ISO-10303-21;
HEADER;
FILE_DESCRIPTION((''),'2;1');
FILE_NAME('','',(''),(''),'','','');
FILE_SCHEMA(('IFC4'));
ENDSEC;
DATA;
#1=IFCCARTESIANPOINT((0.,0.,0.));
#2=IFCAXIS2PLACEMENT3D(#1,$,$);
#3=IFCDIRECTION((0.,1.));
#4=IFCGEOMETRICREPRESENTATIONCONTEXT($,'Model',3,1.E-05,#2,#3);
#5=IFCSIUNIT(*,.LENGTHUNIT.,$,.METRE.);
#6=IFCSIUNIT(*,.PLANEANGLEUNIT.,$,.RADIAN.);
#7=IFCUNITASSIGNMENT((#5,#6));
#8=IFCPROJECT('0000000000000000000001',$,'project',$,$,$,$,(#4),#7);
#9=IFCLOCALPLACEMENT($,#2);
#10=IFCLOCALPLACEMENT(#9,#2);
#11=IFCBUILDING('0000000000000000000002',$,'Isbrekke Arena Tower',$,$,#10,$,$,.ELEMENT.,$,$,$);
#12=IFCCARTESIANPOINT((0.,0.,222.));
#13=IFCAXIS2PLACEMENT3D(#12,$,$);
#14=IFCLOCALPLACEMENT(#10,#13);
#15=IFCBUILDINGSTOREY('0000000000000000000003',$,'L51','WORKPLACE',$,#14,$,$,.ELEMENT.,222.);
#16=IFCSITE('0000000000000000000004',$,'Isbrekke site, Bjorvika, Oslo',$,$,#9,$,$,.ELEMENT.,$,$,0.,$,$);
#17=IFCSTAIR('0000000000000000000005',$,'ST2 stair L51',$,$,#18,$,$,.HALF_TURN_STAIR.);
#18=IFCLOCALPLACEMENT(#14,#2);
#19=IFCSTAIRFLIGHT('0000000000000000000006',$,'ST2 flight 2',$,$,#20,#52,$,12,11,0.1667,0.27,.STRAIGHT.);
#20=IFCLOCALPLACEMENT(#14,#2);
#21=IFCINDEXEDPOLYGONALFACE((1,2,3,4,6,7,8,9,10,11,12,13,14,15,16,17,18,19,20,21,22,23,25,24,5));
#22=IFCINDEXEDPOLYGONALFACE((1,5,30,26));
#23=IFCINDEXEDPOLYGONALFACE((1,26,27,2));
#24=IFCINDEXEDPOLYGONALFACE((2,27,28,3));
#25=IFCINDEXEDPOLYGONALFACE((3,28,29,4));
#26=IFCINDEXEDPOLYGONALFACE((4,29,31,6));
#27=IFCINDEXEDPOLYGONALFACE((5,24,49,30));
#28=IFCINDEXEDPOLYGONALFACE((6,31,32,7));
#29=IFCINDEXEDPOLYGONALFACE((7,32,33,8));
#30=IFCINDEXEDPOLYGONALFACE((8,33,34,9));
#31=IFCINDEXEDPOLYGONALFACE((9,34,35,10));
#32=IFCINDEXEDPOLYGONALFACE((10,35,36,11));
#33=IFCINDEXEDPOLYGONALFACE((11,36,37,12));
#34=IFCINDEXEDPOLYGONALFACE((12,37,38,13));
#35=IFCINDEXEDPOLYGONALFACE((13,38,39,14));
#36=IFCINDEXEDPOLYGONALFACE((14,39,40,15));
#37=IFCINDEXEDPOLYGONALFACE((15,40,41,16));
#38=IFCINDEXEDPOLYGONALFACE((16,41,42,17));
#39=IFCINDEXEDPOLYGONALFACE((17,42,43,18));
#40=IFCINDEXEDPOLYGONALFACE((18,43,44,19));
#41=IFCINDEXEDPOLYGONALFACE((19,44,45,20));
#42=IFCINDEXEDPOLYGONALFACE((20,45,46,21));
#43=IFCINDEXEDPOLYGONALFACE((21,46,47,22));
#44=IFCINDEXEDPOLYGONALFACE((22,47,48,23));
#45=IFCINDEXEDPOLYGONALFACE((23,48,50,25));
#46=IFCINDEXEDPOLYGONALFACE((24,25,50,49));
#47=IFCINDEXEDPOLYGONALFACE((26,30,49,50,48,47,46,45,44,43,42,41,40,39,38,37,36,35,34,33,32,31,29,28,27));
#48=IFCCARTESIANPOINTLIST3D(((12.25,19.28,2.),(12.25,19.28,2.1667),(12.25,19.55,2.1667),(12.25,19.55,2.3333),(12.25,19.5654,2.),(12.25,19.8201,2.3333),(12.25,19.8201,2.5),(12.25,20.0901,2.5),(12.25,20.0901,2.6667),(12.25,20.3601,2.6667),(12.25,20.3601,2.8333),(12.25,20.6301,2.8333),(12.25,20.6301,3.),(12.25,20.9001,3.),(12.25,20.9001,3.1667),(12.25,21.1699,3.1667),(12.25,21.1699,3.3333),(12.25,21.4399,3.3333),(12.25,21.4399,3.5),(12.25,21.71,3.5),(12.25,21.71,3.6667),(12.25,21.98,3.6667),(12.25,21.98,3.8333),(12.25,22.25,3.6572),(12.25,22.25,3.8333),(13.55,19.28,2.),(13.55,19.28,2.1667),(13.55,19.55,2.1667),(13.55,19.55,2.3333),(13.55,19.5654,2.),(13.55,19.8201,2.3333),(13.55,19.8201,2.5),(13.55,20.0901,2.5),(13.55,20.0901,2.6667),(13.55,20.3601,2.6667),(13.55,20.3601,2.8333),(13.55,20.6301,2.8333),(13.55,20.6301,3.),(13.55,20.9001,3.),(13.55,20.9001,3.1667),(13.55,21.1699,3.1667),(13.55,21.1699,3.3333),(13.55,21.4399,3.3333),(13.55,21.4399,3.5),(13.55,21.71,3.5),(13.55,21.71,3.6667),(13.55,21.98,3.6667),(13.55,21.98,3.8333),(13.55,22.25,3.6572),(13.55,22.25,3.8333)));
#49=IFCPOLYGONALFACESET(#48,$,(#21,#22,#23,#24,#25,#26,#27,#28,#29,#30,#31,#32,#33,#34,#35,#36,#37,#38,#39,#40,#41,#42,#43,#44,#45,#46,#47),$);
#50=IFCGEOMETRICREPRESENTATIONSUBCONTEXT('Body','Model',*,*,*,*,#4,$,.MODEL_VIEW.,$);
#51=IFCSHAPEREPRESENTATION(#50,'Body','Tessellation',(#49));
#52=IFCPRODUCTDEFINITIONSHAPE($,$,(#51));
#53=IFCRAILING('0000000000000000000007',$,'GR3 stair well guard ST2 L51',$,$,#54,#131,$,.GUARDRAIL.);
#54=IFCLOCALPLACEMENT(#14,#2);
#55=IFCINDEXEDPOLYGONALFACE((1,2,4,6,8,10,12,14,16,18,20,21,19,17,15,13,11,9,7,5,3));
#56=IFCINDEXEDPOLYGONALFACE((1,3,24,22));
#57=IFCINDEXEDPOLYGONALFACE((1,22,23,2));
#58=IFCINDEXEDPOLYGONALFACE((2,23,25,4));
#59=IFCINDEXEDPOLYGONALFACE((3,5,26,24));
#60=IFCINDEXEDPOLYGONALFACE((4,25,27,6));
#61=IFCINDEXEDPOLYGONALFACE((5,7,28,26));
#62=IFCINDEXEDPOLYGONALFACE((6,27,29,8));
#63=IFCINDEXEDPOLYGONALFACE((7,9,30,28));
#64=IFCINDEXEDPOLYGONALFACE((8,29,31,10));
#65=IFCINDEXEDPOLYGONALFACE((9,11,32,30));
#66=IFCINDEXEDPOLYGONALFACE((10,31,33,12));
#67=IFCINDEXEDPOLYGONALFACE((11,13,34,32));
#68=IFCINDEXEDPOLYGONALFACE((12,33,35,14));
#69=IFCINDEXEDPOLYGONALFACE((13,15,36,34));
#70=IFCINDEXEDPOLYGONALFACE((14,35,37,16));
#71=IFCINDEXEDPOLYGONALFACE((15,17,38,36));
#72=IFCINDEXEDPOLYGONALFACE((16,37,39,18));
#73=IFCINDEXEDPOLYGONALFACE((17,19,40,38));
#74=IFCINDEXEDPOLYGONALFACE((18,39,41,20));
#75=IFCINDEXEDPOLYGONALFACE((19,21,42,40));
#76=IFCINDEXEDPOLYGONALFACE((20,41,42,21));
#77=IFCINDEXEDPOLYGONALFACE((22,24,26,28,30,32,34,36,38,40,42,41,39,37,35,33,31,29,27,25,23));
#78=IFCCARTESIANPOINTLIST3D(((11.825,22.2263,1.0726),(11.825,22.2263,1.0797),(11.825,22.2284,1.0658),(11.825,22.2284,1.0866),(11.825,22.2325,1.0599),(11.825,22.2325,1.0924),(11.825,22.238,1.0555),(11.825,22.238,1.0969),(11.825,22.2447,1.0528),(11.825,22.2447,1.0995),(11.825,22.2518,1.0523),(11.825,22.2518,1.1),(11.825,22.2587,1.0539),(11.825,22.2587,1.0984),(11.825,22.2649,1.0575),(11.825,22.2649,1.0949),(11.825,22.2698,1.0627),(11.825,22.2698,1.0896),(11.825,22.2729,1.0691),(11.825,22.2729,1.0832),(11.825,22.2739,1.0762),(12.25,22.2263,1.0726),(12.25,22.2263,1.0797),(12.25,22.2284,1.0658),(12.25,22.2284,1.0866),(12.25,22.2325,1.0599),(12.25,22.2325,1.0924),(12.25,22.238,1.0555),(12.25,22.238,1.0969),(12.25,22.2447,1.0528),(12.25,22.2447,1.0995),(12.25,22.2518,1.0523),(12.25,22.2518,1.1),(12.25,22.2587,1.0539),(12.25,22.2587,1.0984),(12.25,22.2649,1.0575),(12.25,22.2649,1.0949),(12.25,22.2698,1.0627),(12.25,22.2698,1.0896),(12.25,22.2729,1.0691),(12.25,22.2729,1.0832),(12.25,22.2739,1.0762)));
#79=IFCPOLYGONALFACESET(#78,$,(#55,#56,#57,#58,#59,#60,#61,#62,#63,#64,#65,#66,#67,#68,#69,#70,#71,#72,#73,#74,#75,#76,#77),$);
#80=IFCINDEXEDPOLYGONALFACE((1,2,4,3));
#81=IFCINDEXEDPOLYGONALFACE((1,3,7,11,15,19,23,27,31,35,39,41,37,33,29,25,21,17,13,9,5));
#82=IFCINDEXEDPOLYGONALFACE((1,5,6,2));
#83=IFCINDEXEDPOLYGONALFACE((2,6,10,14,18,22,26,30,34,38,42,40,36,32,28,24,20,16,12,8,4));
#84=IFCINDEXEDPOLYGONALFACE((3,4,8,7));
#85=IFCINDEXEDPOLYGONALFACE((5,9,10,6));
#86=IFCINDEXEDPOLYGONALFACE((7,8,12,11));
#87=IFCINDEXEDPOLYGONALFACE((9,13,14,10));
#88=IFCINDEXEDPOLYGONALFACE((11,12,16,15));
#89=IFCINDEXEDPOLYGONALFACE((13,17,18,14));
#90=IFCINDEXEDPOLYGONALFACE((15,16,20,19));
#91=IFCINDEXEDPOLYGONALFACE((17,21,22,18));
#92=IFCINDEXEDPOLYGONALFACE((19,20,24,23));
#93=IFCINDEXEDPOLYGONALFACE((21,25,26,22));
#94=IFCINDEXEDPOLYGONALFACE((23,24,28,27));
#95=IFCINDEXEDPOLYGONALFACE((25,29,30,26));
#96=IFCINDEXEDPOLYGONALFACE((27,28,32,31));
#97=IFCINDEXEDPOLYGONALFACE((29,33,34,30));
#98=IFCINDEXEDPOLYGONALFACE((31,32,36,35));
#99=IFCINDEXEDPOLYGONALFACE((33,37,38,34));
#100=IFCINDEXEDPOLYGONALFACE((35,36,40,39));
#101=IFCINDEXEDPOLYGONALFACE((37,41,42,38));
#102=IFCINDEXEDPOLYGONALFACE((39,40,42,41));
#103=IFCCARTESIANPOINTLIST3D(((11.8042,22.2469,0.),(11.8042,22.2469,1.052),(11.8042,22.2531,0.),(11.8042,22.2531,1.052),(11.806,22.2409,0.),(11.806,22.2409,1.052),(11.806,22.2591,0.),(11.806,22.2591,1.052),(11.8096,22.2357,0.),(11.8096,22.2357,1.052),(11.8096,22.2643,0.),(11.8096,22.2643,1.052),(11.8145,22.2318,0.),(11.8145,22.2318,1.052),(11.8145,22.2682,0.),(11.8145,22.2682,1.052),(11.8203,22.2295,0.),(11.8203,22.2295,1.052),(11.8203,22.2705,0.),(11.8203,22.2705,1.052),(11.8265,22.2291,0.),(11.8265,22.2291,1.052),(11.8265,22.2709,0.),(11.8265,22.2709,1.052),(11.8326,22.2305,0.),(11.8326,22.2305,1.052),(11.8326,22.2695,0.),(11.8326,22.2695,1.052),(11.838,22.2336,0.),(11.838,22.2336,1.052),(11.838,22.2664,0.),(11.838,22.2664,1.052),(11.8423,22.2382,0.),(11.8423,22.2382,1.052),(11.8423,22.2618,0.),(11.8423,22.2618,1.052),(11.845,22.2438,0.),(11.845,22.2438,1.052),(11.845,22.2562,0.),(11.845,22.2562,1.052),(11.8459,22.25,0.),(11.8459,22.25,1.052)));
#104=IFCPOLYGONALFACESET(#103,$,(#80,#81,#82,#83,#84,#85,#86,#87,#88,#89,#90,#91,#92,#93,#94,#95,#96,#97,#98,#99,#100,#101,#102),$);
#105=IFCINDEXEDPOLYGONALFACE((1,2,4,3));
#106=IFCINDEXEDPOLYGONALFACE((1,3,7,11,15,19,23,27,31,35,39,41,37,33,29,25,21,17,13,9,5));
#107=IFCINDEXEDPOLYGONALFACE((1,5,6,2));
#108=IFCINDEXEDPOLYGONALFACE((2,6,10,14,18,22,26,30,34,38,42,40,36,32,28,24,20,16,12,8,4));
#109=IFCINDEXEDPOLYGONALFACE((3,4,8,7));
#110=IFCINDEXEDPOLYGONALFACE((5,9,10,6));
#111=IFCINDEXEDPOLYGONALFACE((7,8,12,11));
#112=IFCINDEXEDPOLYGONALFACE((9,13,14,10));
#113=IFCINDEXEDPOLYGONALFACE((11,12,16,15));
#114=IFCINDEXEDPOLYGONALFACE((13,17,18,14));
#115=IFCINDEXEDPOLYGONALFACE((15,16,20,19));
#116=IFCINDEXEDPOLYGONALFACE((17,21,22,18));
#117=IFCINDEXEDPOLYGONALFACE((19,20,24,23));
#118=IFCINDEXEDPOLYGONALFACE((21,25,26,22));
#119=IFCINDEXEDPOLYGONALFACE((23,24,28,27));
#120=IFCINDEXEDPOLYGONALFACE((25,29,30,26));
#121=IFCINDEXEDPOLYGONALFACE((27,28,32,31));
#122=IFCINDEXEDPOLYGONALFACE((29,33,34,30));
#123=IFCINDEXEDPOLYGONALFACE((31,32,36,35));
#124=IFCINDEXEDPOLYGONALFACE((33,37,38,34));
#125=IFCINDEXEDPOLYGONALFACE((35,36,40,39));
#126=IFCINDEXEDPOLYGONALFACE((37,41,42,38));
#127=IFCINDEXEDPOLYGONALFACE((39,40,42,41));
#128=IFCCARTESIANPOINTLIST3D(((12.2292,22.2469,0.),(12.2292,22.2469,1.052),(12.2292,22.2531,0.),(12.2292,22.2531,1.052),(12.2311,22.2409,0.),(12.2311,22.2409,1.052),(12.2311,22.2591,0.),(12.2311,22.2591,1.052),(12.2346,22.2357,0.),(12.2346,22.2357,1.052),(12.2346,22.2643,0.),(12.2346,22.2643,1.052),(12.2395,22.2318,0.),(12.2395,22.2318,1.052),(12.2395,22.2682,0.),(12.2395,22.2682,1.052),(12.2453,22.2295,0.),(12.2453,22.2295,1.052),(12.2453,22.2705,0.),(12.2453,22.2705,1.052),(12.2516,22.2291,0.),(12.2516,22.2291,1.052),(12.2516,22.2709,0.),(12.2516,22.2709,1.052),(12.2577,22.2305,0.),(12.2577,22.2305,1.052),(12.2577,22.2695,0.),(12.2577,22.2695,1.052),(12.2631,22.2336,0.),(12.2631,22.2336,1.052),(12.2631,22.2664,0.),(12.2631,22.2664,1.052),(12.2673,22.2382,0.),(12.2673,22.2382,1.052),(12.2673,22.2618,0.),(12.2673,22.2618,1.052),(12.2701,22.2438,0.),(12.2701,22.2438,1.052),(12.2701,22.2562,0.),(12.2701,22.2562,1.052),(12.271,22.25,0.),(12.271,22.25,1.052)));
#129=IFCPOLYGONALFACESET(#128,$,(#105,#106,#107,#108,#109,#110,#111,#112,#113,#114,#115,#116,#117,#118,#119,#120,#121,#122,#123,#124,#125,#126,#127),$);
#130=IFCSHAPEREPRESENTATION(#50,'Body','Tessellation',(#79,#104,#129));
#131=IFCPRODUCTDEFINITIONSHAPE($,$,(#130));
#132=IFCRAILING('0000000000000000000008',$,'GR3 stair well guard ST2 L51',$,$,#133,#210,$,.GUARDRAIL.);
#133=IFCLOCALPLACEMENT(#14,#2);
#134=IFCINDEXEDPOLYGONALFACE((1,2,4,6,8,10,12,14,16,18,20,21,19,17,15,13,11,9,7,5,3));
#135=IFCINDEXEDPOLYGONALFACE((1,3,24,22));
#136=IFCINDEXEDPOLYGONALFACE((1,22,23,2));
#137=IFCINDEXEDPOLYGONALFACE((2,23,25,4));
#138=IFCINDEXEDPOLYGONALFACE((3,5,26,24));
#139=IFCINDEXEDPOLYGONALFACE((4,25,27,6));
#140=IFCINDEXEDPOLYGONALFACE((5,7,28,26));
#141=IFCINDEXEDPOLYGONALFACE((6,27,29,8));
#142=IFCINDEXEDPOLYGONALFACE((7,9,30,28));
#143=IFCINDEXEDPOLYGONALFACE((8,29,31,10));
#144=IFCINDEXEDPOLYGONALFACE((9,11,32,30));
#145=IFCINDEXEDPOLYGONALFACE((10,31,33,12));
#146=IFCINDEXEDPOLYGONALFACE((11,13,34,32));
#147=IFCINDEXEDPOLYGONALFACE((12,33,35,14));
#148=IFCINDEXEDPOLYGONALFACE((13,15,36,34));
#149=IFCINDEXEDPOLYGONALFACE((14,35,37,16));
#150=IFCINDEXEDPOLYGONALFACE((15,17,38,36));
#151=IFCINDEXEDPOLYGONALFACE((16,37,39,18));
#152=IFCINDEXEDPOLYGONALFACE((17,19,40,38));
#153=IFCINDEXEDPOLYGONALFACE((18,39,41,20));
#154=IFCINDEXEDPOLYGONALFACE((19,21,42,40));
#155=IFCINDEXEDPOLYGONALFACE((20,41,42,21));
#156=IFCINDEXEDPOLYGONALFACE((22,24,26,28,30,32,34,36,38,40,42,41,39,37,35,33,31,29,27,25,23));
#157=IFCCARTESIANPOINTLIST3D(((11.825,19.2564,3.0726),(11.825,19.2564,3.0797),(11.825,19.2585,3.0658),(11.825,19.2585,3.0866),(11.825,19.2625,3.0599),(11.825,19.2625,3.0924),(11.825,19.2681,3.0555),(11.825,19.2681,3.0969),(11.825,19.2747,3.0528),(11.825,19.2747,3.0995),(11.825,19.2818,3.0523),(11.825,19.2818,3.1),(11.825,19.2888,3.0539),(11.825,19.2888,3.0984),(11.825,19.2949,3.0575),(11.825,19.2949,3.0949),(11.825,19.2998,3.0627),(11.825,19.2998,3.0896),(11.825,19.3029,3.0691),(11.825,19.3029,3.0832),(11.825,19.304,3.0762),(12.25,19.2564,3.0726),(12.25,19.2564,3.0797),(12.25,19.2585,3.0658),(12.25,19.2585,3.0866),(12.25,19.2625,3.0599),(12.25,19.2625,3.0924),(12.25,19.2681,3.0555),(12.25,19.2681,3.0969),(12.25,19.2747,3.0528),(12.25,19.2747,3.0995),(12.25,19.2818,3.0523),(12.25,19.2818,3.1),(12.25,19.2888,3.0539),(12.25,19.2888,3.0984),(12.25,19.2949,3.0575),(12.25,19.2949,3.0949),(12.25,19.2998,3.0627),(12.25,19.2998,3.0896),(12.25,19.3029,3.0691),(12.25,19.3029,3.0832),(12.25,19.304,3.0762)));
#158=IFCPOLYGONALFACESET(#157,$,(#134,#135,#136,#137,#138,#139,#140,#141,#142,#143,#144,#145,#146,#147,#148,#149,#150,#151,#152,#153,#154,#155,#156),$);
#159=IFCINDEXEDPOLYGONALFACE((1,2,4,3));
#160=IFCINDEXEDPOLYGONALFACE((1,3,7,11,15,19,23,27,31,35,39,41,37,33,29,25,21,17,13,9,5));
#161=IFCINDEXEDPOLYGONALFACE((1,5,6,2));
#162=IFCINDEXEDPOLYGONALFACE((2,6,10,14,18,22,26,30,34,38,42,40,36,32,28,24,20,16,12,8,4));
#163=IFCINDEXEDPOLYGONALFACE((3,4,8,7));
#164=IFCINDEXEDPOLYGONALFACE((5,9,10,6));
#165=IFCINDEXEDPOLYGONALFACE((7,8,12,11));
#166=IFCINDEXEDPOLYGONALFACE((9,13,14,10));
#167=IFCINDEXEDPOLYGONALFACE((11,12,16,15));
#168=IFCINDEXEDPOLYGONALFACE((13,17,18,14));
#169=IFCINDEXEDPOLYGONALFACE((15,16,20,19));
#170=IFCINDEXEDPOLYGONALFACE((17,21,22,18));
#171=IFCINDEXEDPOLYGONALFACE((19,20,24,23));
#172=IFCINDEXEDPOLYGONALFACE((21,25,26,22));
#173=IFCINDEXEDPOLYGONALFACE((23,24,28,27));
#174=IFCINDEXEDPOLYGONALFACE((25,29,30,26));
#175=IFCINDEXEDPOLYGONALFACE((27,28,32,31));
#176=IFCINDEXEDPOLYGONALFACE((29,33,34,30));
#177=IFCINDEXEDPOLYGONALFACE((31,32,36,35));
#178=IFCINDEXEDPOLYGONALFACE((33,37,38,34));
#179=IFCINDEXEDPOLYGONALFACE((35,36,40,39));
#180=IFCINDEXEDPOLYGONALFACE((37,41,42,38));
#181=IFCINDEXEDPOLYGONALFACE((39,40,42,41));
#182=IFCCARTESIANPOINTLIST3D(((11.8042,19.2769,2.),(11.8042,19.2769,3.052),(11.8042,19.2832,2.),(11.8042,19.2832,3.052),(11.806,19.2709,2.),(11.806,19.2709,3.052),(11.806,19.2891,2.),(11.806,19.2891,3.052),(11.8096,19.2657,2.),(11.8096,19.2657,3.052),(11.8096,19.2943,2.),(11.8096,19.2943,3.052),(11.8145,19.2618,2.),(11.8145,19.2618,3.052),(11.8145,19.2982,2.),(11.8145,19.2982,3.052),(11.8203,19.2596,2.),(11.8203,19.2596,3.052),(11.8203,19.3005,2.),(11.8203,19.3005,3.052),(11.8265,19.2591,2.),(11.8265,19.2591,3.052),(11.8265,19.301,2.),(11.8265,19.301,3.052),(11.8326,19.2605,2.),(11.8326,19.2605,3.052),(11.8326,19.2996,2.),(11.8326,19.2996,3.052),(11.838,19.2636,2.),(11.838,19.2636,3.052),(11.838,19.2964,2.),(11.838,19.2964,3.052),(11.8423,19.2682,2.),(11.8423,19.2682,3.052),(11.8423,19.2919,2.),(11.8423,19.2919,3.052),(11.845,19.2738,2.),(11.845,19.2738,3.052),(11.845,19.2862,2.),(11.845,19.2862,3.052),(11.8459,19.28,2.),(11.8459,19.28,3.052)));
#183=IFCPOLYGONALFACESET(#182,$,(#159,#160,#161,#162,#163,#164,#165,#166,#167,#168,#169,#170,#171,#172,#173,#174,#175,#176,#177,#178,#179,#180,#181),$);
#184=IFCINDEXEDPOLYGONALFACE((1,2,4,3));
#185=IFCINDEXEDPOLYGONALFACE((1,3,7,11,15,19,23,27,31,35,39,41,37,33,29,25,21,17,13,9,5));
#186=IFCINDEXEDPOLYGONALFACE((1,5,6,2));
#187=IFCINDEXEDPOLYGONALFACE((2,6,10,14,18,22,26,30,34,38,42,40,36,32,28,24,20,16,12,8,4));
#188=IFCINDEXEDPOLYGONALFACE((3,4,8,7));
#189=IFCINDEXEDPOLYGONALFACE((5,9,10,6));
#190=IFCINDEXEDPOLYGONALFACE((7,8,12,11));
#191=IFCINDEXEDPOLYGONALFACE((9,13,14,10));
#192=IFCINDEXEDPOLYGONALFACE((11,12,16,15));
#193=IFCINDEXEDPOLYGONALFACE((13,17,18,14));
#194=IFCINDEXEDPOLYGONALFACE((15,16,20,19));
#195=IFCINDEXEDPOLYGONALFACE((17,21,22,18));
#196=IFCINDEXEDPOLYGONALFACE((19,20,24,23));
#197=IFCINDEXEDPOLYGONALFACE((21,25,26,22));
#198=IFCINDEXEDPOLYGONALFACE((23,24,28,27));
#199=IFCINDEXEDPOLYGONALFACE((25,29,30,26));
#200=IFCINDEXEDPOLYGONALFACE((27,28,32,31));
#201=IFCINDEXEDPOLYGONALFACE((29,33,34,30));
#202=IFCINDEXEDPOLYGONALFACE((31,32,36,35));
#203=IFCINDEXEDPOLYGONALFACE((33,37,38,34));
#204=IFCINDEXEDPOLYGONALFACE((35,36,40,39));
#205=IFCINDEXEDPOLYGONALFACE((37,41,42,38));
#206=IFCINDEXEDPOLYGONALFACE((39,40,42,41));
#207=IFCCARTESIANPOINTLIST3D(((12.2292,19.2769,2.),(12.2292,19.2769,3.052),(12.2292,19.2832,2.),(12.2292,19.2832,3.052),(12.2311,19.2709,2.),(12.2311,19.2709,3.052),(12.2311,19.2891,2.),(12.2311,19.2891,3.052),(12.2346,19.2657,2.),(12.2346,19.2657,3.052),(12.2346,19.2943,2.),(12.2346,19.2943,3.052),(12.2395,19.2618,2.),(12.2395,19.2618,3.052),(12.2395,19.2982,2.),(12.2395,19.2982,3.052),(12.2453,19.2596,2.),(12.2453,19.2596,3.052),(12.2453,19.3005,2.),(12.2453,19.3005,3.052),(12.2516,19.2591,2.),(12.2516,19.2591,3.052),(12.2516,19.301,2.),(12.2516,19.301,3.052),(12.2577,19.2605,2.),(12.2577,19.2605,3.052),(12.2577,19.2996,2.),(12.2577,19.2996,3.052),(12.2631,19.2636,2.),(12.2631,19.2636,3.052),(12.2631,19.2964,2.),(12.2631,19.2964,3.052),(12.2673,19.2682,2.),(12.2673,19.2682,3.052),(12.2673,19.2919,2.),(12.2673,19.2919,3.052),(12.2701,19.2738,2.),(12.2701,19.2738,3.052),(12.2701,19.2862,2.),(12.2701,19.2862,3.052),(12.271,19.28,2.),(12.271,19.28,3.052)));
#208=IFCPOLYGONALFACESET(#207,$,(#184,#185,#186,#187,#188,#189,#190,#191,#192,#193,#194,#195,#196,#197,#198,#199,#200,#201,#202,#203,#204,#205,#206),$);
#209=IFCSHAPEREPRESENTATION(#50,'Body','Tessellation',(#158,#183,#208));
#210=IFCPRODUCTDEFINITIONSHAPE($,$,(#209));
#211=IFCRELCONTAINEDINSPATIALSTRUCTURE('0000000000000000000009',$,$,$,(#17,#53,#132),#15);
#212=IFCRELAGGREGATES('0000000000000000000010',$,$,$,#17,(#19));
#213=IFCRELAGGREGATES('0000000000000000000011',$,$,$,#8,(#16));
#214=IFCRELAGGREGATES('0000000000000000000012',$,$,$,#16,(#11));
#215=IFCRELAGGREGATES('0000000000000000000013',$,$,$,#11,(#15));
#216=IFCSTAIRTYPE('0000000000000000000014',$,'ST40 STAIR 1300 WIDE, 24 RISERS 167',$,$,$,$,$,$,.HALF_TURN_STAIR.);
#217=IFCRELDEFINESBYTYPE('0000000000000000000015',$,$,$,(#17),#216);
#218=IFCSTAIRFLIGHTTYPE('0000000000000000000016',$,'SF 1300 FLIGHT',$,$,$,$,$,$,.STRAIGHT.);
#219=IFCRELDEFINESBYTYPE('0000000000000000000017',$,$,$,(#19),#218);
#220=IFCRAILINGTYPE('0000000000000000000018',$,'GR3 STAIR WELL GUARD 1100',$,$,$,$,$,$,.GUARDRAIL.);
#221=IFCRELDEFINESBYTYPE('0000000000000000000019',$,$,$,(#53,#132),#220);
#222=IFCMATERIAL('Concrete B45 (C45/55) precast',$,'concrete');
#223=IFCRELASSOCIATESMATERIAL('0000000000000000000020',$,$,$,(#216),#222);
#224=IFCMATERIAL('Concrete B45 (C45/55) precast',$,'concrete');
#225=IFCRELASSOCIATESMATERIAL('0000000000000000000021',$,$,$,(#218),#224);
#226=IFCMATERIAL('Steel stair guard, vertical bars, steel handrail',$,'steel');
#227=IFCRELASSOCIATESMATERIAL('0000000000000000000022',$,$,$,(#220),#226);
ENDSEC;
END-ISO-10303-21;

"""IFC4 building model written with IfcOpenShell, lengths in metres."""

from ifc_helpers import new_model, si_unit, direction, frame, origin, origin_2d, place, context, subcontext, project, spatial, polyline, circle, outline, extrude, material, type_object, element, aggregate, save


model = new_model("IFC4")

# Units and contexts
model_context = context("Model", 3, precision=1e-05, world=origin(), true_north=direction((0.0, 1.0)))
body_context = subcontext(model_context, "Body", "Model", "MODEL_VIEW")
ifc_project = project(units=[si_unit("LENGTHUNIT", "METRE"), si_unit("PLANEANGLEUNIT", "RADIAN")], contexts=[model_context])

# Site, building, storey
site_placement = place(None, origin())
site = spatial("IfcSite", under=ifc_project, at=site_placement, Name="Isbrekke site, Bjorvika, Oslo", CompositionType="ELEMENT", RefElevation=0.0)
building_placement = place(site_placement, origin())
building = spatial("IfcBuilding", under=site, at=building_placement, Name="Isbrekke Arena Tower", CompositionType="ELEMENT")
storey_placement = place(building_placement, frame((0.0, 0.0, 222.0)))
storey = spatial("IfcBuildingStorey", under=building, at=storey_placement, Name="L51", Description="WORKPLACE", CompositionType="ELEMENT", Elevation=222.0)

# Stair, stair flight
ifc_material_1 = material(Name="Concrete B45 (C45/55) precast", Category="concrete")
stair_type = type_object("IfcStairType", Name="ST40 STAIR 1300 WIDE, 24 RISERS 167", PredefinedType="HALF_TURN_STAIR", material=ifc_material_1)
stair_placement = place(storey_placement, origin())
stair = element("IfcStair", 1, at=stair_placement, inside=storey, type_object=stair_type, Name="ST2 stair L51", PredefinedType="HALF_TURN_STAIR")
ifc_material_2 = material(Name="Concrete B45 (C45/55) precast", Category="concrete")
stair_flight_type = type_object("IfcStairFlightType", Name="SF 1300 FLIGHT", PredefinedType="STRAIGHT", material=ifc_material_2)
stair_flight_1_placement = place(storey_placement, frame((12.8999, 19.28, 2.0), z_axis=(0.0, 0.0, 1.0), x_axis=(0.0, 1.0, 0.0)))
stair_flight_1 = element("IfcStairFlight", 2, at=stair_flight_1_placement, type_object=stair_flight_type, Name="ST2 flight 2", NumberOfRisers=12, NumberOfTreads=11, PredefinedType="STRAIGHT", RiserHeight=0.1667, TreadLength=0.27, context=body_context, shape_type="SweptSolid", body=[
    extrude(outline(polyline([(0.0, 0.0), (0.0, 0.1667), (0.27, 0.1667), (0.27, 0.3333), (0.54, 0.3333), (0.54, 0.5), (0.8101, 0.5), (0.8101, 0.6667), (1.0801, 0.6667), (1.0801, 0.8333), (1.3501, 0.8333), (1.3501, 1.0), (1.6201, 1.0), (1.6201, 1.1667), (1.8899, 1.1667), (1.8899, 1.3333), (2.1599, 1.3333), (2.1599, 1.5), (2.4299, 1.5), (2.4299, 1.6667), (2.7, 1.6667), (2.7, 1.8333), (2.97, 1.8333), (2.97, 2.0), (2.97, 1.6572), (0.2854, 0.0), (0.0, 0.0)])), frame((0.0, 0.6499, 0.0), z_axis=(0.0, -1.0, 0.0), x_axis=(1.0, 0.0, 0.0)), (0.0, 0.0, 1.0), 1.3),
])
aggregate(stair, [stair_flight_1])

# Railings
ifc_material_3 = material(Name="Steel stair guard, vertical bars, steel handrail", Category="steel")
railing_type = type_object("IfcRailingType", Name="GR3 STAIR WELL GUARD 1100", PredefinedType="GUARDRAIL", material=ifc_material_3)
for number, where, name in (
    (3, (11.825, 22.25, 0.0), "GR3 stair well guard ST2 L51"),
    (4, (11.825, 19.28, 2.0), "GR3 stair well guard ST2 L51"),
):
    element("IfcRailing", number, at=place(storey_placement, frame(where)), inside=storey, type_object=railing_type, Name=name, PredefinedType="GUARDRAIL", context=body_context, shape_type="SweptSolid", body=[
        extrude(circle(Radius=0.0239, at=origin_2d()), frame((0.0, 0.0, 1.0762), z_axis=(1.0, 0.0, 0.0), x_axis=(0.0, 1.0, 0.0)), (0.0, 0.0, 1.0), 0.425),
        extrude(circle(Radius=0.021, at=origin_2d()), origin(), (0.0, 0.0, 1.0), 1.052),
        extrude(circle(Radius=0.021, at=origin_2d()), frame((0.425, 0.0, 0.0)), (0.0, 0.0, 1.0), 1.052),
    ])

save(model, "model.ifc")
